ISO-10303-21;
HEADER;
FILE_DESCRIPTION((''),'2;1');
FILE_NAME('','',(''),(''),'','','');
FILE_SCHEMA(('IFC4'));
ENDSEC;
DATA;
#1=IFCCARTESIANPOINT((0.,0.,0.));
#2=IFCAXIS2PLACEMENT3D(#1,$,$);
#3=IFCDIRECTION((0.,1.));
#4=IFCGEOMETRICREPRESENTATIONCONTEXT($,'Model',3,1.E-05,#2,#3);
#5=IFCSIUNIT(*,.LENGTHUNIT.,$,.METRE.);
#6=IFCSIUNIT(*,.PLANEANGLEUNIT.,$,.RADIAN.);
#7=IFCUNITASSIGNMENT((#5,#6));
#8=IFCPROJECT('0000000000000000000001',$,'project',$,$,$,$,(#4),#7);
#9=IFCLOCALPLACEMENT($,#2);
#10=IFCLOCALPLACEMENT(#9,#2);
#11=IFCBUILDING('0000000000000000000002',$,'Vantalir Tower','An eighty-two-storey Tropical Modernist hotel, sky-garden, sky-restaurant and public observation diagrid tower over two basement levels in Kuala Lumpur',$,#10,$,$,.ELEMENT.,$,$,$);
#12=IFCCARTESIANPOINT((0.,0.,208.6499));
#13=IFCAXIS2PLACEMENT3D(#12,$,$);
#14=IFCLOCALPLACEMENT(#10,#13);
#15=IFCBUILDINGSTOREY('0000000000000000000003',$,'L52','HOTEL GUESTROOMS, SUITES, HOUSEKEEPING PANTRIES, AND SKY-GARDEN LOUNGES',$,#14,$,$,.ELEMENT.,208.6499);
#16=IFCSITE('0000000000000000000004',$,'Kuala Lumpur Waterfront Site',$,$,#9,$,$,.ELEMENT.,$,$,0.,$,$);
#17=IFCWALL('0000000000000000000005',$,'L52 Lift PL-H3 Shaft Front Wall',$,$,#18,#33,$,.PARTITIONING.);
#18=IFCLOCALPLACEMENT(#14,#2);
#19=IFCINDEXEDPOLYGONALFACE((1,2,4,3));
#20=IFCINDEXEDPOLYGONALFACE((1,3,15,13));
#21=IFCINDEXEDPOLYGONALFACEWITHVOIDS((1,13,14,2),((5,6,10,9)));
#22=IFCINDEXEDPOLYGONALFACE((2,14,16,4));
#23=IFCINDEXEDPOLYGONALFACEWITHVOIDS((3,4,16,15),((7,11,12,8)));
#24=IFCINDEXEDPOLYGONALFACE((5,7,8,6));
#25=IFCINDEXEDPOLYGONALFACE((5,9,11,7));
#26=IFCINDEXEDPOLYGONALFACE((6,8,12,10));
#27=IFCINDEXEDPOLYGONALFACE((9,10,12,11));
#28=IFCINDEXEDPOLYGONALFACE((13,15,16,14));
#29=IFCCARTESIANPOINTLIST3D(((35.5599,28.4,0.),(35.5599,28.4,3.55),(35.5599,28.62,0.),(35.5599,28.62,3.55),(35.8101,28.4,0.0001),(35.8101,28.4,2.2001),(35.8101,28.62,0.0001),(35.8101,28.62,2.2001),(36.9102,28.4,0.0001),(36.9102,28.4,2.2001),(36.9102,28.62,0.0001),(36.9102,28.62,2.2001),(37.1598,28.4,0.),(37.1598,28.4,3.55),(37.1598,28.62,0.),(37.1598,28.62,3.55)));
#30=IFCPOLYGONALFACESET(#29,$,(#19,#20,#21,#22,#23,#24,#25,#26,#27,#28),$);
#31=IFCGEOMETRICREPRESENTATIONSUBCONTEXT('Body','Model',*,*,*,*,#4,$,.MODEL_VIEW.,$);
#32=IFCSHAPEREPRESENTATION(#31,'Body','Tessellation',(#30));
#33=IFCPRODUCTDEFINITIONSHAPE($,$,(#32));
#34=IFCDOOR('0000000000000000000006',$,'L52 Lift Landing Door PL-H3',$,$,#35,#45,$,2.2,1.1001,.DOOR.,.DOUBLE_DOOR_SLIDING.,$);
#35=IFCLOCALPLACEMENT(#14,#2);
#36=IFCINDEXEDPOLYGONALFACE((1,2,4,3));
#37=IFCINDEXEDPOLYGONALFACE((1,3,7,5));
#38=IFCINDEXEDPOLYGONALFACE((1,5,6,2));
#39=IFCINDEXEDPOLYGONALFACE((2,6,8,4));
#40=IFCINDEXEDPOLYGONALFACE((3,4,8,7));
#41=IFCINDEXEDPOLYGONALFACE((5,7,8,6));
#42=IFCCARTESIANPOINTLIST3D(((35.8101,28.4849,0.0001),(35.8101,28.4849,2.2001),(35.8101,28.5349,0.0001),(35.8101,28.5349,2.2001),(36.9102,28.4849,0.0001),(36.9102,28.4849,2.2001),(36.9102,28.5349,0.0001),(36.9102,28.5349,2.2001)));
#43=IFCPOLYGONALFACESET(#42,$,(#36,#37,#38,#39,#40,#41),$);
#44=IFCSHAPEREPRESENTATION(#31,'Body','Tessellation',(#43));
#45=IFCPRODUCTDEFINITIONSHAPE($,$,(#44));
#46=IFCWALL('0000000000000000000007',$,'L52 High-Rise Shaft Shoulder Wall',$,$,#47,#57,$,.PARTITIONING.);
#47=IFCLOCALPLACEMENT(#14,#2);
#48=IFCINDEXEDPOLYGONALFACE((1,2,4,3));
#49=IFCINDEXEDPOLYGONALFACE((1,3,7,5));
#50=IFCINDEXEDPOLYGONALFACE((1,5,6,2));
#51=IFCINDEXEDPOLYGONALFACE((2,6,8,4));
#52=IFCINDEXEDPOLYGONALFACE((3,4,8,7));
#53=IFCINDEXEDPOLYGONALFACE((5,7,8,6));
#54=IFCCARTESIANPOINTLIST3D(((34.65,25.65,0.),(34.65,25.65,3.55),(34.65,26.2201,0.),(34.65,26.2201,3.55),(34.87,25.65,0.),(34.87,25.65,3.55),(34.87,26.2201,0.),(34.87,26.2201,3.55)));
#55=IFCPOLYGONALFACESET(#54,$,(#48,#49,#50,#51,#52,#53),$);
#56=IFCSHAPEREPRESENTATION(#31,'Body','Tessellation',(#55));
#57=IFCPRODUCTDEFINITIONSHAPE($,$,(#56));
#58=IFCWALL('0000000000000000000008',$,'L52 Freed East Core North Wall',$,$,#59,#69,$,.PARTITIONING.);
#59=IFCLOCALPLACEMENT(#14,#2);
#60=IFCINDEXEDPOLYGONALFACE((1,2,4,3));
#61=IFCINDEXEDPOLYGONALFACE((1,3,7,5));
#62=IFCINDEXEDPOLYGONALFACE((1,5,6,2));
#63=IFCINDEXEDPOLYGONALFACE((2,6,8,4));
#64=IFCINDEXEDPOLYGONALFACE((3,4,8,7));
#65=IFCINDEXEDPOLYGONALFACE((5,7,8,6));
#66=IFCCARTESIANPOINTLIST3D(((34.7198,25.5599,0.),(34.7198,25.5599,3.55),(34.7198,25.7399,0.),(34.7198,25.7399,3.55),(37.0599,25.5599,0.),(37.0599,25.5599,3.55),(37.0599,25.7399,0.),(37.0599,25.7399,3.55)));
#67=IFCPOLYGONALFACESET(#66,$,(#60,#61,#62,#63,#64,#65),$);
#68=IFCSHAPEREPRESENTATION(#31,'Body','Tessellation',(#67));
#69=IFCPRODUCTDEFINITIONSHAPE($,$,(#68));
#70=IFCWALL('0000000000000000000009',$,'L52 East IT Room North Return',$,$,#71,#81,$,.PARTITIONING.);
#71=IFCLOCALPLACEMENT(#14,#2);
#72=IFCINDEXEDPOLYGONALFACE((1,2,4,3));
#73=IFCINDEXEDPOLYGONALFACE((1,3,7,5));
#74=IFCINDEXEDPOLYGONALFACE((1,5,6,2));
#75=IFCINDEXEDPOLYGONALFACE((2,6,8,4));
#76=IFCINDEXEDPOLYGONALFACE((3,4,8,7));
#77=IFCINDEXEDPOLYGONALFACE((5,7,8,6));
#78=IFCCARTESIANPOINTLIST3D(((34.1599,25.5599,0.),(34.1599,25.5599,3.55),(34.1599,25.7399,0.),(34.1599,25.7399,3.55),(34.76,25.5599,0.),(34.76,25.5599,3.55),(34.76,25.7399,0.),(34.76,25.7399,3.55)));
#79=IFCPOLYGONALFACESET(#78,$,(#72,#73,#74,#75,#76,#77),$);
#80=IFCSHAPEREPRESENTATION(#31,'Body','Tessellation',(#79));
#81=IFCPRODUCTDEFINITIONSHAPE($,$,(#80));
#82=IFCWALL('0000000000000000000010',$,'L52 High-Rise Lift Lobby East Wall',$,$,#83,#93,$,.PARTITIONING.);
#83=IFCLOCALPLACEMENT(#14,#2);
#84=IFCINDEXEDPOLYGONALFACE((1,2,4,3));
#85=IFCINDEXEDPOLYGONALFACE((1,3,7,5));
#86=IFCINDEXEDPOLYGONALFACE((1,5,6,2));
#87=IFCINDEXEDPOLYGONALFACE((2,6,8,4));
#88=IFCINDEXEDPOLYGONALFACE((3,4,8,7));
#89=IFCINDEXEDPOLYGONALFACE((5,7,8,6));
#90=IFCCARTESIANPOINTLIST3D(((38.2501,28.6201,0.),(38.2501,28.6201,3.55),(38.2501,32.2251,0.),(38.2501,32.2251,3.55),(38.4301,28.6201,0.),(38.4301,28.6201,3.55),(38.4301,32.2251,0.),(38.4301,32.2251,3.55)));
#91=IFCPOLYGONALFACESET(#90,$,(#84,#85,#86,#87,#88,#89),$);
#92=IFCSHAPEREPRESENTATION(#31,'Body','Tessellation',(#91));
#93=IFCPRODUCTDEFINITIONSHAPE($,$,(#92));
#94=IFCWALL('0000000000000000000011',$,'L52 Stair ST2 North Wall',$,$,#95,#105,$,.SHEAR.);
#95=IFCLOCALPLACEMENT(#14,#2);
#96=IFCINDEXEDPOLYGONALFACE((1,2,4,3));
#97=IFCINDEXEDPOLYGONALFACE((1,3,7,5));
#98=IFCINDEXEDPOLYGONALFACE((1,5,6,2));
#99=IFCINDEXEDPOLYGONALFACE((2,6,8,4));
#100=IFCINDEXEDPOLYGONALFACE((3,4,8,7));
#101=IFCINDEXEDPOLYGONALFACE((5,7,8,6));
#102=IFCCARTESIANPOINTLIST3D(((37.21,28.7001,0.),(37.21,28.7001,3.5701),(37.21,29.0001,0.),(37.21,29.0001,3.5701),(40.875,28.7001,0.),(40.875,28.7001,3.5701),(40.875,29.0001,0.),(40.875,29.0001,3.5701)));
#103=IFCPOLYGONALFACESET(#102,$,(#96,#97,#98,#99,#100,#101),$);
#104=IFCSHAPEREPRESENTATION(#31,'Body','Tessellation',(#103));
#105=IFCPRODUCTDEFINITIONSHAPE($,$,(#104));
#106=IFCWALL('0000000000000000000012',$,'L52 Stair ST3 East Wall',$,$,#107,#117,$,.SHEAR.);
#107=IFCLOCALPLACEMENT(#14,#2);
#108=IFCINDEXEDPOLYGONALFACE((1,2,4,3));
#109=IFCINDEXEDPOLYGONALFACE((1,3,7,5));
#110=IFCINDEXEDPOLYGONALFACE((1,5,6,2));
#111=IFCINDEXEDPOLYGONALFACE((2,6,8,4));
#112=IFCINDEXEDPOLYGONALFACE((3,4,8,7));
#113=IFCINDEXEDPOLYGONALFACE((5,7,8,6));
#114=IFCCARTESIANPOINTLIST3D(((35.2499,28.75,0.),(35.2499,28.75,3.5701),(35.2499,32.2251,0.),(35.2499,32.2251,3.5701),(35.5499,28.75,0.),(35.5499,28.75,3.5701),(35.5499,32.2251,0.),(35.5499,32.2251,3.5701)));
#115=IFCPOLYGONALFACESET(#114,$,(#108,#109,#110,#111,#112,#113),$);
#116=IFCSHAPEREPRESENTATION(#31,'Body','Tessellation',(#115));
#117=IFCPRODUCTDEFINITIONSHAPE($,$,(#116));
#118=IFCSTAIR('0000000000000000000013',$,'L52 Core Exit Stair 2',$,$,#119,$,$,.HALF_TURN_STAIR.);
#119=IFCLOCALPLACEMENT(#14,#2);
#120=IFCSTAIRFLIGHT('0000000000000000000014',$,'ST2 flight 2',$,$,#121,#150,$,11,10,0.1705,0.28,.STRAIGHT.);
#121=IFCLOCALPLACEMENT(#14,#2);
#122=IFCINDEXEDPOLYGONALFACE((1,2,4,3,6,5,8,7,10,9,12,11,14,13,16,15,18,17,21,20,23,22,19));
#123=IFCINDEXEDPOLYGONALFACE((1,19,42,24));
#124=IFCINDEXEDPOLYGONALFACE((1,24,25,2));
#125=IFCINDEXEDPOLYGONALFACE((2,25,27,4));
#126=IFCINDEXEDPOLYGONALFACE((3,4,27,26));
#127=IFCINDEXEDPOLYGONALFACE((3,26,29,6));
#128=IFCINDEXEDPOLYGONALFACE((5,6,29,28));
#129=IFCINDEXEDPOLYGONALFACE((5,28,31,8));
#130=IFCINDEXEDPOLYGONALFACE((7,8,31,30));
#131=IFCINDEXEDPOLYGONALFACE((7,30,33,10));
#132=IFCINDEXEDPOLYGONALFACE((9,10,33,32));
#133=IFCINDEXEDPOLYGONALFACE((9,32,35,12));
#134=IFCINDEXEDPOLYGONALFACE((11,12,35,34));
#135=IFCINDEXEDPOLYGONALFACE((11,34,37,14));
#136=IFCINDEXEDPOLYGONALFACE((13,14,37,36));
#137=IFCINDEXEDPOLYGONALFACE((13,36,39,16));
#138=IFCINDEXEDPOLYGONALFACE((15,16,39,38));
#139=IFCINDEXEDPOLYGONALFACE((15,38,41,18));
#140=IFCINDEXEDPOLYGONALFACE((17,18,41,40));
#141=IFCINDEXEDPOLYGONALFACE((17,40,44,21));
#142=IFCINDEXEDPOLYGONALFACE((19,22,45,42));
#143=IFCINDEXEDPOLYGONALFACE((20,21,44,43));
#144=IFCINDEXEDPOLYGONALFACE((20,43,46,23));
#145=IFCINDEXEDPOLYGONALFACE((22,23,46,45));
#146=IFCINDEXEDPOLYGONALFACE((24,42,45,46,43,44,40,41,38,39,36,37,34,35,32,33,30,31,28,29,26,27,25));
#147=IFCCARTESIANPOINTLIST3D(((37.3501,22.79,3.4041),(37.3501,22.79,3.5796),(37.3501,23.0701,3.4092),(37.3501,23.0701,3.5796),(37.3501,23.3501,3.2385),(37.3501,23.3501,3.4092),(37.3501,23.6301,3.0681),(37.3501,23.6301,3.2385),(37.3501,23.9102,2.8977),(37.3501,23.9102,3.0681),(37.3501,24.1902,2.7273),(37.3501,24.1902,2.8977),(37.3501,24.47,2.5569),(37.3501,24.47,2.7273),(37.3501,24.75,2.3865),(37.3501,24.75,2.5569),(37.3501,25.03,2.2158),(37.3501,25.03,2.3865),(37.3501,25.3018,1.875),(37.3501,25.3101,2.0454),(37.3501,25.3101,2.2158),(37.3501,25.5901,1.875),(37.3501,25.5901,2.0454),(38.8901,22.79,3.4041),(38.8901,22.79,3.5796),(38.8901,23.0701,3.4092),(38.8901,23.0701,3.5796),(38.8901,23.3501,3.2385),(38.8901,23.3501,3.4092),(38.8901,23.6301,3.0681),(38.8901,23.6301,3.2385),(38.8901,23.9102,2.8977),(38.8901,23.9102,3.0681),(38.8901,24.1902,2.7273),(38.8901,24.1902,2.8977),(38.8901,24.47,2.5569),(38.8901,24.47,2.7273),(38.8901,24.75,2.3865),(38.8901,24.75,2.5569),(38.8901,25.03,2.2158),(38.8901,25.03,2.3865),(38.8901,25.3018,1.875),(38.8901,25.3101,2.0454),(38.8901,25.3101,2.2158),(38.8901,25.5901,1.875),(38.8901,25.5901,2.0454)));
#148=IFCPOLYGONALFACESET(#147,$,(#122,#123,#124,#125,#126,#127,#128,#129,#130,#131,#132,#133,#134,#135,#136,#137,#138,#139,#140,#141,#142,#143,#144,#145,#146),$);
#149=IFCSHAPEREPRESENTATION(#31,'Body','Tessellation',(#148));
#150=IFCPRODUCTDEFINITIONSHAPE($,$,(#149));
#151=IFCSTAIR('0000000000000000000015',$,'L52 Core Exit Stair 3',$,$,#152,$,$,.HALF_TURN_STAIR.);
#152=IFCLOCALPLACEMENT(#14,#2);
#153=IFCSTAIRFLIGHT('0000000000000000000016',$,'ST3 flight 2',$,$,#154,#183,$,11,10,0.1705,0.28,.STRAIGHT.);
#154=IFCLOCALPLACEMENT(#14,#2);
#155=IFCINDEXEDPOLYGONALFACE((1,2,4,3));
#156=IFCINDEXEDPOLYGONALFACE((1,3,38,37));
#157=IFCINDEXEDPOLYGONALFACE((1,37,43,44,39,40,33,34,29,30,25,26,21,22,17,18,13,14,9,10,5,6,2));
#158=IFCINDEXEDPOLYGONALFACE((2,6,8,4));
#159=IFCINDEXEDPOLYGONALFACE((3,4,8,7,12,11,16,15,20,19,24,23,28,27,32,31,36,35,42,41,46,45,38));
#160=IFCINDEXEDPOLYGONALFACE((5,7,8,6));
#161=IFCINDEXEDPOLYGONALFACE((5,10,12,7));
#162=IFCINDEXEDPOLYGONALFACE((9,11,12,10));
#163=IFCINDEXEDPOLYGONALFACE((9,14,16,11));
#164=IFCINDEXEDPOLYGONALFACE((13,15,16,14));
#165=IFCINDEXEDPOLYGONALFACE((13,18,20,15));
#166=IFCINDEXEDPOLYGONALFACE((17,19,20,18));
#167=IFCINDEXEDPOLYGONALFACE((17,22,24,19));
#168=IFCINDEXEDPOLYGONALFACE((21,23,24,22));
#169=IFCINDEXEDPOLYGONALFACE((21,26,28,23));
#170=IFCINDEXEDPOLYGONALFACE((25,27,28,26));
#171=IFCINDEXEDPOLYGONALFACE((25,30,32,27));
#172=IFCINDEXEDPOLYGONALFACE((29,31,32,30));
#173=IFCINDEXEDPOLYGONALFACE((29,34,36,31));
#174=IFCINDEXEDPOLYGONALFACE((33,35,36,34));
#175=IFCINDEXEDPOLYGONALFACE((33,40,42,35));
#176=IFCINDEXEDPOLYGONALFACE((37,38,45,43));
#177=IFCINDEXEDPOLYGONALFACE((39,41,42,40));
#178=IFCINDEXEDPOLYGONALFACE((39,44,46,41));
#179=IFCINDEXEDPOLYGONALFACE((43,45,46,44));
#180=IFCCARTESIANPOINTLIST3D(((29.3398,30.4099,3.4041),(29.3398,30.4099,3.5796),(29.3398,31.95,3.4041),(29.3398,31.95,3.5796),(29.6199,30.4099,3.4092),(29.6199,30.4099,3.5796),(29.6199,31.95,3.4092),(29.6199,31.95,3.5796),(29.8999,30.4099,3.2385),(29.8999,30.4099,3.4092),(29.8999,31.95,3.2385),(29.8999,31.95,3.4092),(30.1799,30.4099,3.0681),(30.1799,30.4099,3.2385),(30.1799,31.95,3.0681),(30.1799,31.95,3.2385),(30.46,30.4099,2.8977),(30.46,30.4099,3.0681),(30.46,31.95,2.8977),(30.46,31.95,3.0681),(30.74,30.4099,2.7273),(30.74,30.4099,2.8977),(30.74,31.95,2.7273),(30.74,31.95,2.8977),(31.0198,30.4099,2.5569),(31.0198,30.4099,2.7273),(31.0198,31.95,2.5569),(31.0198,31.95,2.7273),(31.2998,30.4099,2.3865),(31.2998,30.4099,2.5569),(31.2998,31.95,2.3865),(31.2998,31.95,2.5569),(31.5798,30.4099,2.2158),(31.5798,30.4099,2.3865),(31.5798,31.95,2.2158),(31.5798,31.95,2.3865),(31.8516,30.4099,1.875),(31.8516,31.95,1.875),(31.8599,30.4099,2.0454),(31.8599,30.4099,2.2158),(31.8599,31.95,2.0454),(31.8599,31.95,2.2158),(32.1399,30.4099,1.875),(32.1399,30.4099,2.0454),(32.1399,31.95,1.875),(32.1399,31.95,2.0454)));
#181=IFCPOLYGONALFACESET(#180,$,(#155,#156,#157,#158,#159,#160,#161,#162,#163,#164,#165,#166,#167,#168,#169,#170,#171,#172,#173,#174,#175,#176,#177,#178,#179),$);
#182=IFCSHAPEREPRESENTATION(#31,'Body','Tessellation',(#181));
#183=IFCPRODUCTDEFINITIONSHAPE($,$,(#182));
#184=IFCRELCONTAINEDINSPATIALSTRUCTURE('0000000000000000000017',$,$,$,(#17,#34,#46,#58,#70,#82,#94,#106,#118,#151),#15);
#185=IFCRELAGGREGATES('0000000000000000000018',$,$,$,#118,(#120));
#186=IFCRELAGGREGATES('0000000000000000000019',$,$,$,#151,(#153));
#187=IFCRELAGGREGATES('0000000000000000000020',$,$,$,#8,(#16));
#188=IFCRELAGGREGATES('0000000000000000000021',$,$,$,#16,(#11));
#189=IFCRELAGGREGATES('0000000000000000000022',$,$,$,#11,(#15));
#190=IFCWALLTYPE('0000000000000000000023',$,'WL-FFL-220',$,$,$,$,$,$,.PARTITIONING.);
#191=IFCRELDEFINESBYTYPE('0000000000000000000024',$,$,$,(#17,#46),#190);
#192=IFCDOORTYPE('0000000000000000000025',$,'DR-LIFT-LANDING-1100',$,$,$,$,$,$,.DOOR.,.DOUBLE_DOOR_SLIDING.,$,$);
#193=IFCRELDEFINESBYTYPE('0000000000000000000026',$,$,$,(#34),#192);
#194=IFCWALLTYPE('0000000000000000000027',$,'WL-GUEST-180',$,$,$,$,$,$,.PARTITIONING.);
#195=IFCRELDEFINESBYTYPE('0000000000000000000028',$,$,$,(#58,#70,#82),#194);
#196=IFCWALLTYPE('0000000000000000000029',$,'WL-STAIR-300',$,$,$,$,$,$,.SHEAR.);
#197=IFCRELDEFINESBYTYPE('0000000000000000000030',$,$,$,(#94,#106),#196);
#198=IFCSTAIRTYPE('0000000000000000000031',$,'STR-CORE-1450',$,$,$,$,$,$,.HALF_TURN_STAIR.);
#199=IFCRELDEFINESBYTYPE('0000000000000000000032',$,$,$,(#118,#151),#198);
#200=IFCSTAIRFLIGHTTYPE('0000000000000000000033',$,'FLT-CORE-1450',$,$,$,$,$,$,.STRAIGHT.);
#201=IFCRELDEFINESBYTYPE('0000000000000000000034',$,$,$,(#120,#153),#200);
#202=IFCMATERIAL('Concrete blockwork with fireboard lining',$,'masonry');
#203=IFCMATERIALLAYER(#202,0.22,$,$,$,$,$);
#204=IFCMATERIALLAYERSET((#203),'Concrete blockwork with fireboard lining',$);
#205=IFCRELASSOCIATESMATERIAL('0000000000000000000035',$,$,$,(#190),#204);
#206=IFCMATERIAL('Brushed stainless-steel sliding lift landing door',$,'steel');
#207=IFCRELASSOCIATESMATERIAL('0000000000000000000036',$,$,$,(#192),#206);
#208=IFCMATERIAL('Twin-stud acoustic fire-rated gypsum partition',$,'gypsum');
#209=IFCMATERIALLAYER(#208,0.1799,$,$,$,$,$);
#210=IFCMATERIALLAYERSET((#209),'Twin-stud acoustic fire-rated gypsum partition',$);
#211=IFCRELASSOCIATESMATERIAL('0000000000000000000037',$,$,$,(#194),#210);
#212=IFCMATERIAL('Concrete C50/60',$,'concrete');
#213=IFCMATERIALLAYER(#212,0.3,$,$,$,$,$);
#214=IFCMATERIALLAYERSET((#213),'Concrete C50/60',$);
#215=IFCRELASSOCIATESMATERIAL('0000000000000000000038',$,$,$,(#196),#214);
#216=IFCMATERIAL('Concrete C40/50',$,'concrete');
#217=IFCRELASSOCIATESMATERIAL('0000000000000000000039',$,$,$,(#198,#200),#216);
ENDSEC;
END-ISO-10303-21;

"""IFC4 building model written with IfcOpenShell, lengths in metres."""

from ifc_helpers import new_model, si_unit, direction, frame, frame_2d, origin, place, context, subcontext, project, spatial, polyline, rectangle, outline, extrude, material, layer, layer_set, type_object, element, fill, aggregate, save


model = new_model("IFC4")

# Units and contexts
model_context = context("Model", 3, precision=1e-05, world=origin(), true_north=direction((0.0, 1.0)))
body_context = subcontext(model_context, "Body", "Model", "MODEL_VIEW")
ifc_project = project(units=[si_unit("LENGTHUNIT", "METRE"), si_unit("PLANEANGLEUNIT", "RADIAN")], contexts=[model_context])

# Site, building, storey
site_placement = place(None, origin())
site = spatial("IfcSite", under=ifc_project, at=site_placement, Name="Kuala Lumpur Waterfront Site", CompositionType="ELEMENT", RefElevation=0.0)
building_placement = place(site_placement, origin())
building = spatial("IfcBuilding", under=site, at=building_placement, Name="Vantalir Tower", Description="An eighty-two-storey Tropical Modernist hotel, sky-garden, sky-restaurant and public observation diagrid tower over two basement levels in Kuala Lumpur", CompositionType="ELEMENT")
storey_placement = place(building_placement, frame((0.0, 0.0, 208.6499)))
storey = spatial("IfcBuildingStorey", under=building, at=storey_placement, Name="L52", Description="HOTEL GUESTROOMS, SUITES, HOUSEKEEPING PANTRIES, AND SKY-GARDEN LOUNGES", CompositionType="ELEMENT", Elevation=208.6499)

# Shared definitions
ifc_material_1 = material(Name="Concrete C50/60", Category="concrete")

# Shared definitions
ifc_material_2 = material(Name="Concrete blockwork with fireboard lining", Category="masonry")
ifc_layer_1 = layer(ifc_material_2, 0.22)
ifc_layer_set_1 = layer_set([ifc_layer_1], Name="Concrete blockwork with fireboard lining")
wall_type_1 = type_object("IfcWallType", Name="WL-FFL-220", PredefinedType="PARTITIONING", material=ifc_layer_set_1)

# Wall, opening, door
ifc_material_3 = material(Name="Brushed stainless-steel sliding lift landing door", Category="steel")
door_type = type_object("IfcDoorType", Name="DR-LIFT-LANDING-1100", OperationType="DOUBLE_DOOR_SLIDING", PredefinedType="DOOR", material=ifc_material_3)
wall_1_placement = place(storey_placement, frame((35.5601, 28.51, 0.0), z_axis=(0.0, 0.0, 1.0), x_axis=(1.0, 0.0, 0.0)))
wall_1 = element("IfcWall", 1, at=wall_1_placement, inside=storey, type_object=wall_type_1, Name="L52 Lift PL-H3 Shaft Front Wall", PredefinedType="PARTITIONING", context=body_context, shape_type="SweptSolid", body=[
    extrude(rectangle(XDim=1.5999, YDim=0.22, at=frame_2d((0.7998, 0.0))), origin(), (0.0, 0.0, 1.0), 3.55),
])
opening_1_placement = place(wall_1_placement, frame((0.25, 0.0, 0.0)))
opening_1 = element("IfcOpeningElement", 2, at=opening_1_placement, cuts=wall_1, PredefinedType="OPENING", context=body_context, shape_type="SweptSolid", body=[
    extrude(rectangle(XDim=1.1001, YDim=2.2, at=frame_2d((0.55, 1.1001))), frame((0.0, 0.1199, 0.0), z_axis=(0.0, -1.0, 0.0), x_axis=(1.0, 0.0, 0.0)), (0.0, 0.0, 1.0), 0.24),
])
door_1_placement = place(opening_1_placement, origin())
door_1 = element("IfcDoor", 3, at=door_1_placement, inside=storey, type_object=door_type, Name="L52 Lift Landing Door PL-H3", OperationType="DOUBLE_DOOR_SLIDING", OverallHeight=2.2, OverallWidth=1.1001, PredefinedType="DOOR", context=body_context, shape_type="SweptSolid", body=[
    extrude(rectangle(XDim=1.1001, YDim=2.2, at=frame_2d((0.55, 1.1001))), frame((0.0, 0.0249, 0.0), z_axis=(0.0, -1.0, 0.0), x_axis=(1.0, 0.0, 0.0)), (0.0, 0.0, 1.0), 0.05),
])
fill(opening_1, door_1)

# Walls
wall_2_placement = place(storey_placement, frame((34.76, 25.6499, 0.0), z_axis=(0.0, 0.0, 1.0), x_axis=(0.0, 1.0, 0.0)))
element("IfcWall", 4, at=wall_2_placement, inside=storey, type_object=wall_type_1, Name="L52 High-Rise Shaft Shoulder Wall", PredefinedType="PARTITIONING", context=body_context, shape_type="SweptSolid", body=[
    extrude(rectangle(XDim=0.5701, YDim=0.22, at=frame_2d((0.2852, 0.0))), origin(), (0.0, 0.0, 1.0), 3.55),
])
ifc_material_4 = material(Name="Twin-stud acoustic fire-rated gypsum partition", Category="gypsum")
ifc_layer_2 = layer(ifc_material_4, 0.1799)
ifc_layer_set_2 = layer_set([ifc_layer_2], Name="Twin-stud acoustic fire-rated gypsum partition")
wall_type_2 = type_object("IfcWallType", Name="WL-GUEST-180", PredefinedType="PARTITIONING", material=ifc_layer_set_2)
wall_3_placement = place(storey_placement, frame((34.72, 25.6499, 0.0), z_axis=(0.0, 0.0, 1.0), x_axis=(1.0, 0.0, 0.0)))
element("IfcWall", 5, at=wall_3_placement, inside=storey, type_object=wall_type_2, Name="L52 Freed East Core North Wall", PredefinedType="PARTITIONING", context=body_context, shape_type="SweptSolid", body=[
    extrude(rectangle(XDim=2.3401, YDim=0.1799, at=frame_2d((1.1699, 0.0))), origin(), (0.0, 0.0, 1.0), 3.55),
])
wall_4_placement = place(storey_placement, frame((34.1599, 25.6499, 0.0), z_axis=(0.0, 0.0, 1.0), x_axis=(1.0, 0.0, 0.0)))
element("IfcWall", 6, at=wall_4_placement, inside=storey, type_object=wall_type_2, Name="L52 East IT Room North Return", PredefinedType="PARTITIONING", context=body_context, shape_type="SweptSolid", body=[
    extrude(rectangle(XDim=0.6001, YDim=0.1799, at=frame_2d((0.3, 0.0))), origin(), (0.0, 0.0, 1.0), 3.55),
])
wall_5_placement = place(storey_placement, frame((38.3401, 28.6201, 0.0), z_axis=(0.0, 0.0, 1.0), x_axis=(0.0, 1.0, 0.0)))
element("IfcWall", 7, at=wall_5_placement, inside=storey, type_object=wall_type_2, Name="L52 High-Rise Lift Lobby East Wall", PredefinedType="PARTITIONING", context=body_context, shape_type="SweptSolid", body=[
    extrude(rectangle(XDim=3.605, YDim=0.1799, at=frame_2d((1.8025, 0.0))), origin(), (0.0, 0.0, 1.0), 3.55),
])
ifc_layer_3 = layer(ifc_material_1, 0.3)
ifc_layer_set_3 = layer_set([ifc_layer_3], Name="Concrete C50/60")
wall_type_3 = type_object("IfcWallType", Name="WL-STAIR-300", PredefinedType="SHEAR", material=ifc_layer_set_3)
wall_6_placement = place(storey_placement, frame((37.21, 28.8501, 0.0), z_axis=(0.0, 0.0, 1.0), x_axis=(1.0, 0.0, 0.0)))
element("IfcWall", 8, at=wall_6_placement, inside=storey, type_object=wall_type_3, Name="L52 Stair ST2 North Wall", PredefinedType="SHEAR", context=body_context, shape_type="SweptSolid", body=[
    extrude(rectangle(XDim=3.665, YDim=0.3, at=frame_2d((1.8325, 0.0))), origin(), (0.0, 0.0, 1.0), 3.5701),
])
wall_7_placement = place(storey_placement, frame((35.3999, 28.75, 0.0), z_axis=(0.0, 0.0, 1.0), x_axis=(0.0, 1.0, 0.0)))
element("IfcWall", 9, at=wall_7_placement, inside=storey, type_object=wall_type_3, Name="L52 Stair ST3 East Wall", PredefinedType="SHEAR", context=body_context, shape_type="SweptSolid", body=[
    extrude(rectangle(XDim=3.4751, YDim=0.3, at=frame_2d((1.7375, 0.0))), origin(), (0.0, 0.0, 1.0), 3.5701),
])

# Stairs, stair flights
ifc_material_5 = material(Name="Concrete C40/50", Category="concrete")
stair_type = type_object("IfcStairType", Name="STR-CORE-1450", PredefinedType="HALF_TURN_STAIR", material=ifc_material_5)
stair_1_placement = place(storey_placement, origin())
stair_1 = element("IfcStair", 10, at=stair_1_placement, inside=storey, type_object=stair_type, Name="L52 Core Exit Stair 2", PredefinedType="HALF_TURN_STAIR")
stair_flight_type = type_object("IfcStairFlightType", Name="FLT-CORE-1450", PredefinedType="STRAIGHT", material=ifc_material_5)
stair_flight_1_placement = place(storey_placement, frame((38.1201, 25.5901, 1.875), z_axis=(0.0, 0.0, 1.0), x_axis=(0.0, -1.0, 0.0)))
stair_flight_1 = element("IfcStairFlight", 11, at=stair_flight_1_placement, type_object=stair_flight_type, Name="ST2 flight 2", NumberOfRisers=11, NumberOfTreads=10, PredefinedType="STRAIGHT", RiserHeight=0.1705, TreadLength=0.28, context=body_context, shape_type="SweptSolid", body=[
    extrude(outline(polyline([(0.0, 0.0), (0.0, 0.1704), (0.28, 0.1704), (0.28, 0.3408), (0.5601, 0.3408), (0.5601, 0.5115), (0.8401, 0.5115), (0.8401, 0.6819), (1.1201, 0.6819), (1.1201, 0.8523), (1.3999, 0.8523), (1.3999, 1.0227), (1.6799, 1.0227), (1.6799, 1.1931), (1.96, 1.1931), (1.96, 1.3635), (2.24, 1.3635), (2.24, 1.5342), (2.52, 1.5342), (2.52, 1.7046), (2.8, 1.7046), (2.8, 1.875), (2.8, 1.5291), (0.2883, 0.0), (0.0, 0.0)])), frame((0.0, 0.77, 0.0), z_axis=(0.0, -1.0, 0.0), x_axis=(1.0, 0.0, 0.0)), (0.0, 0.0, 1.0), 1.54),
])
aggregate(stair_1, [stair_flight_1])
stair_2_placement = place(storey_placement, origin())
stair_2 = element("IfcStair", 12, at=stair_2_placement, inside=storey, type_object=stair_type, Name="L52 Core Exit Stair 3", PredefinedType="HALF_TURN_STAIR")
stair_flight_2_placement = place(storey_placement, frame((32.1399, 31.1799, 1.875), z_axis=(0.0, 0.0, 1.0), x_axis=(-1.0, 0.0, 0.0)))
stair_flight_2 = element("IfcStairFlight", 13, at=stair_flight_2_placement, type_object=stair_flight_type, Name="ST3 flight 2", NumberOfRisers=11, NumberOfTreads=10, PredefinedType="STRAIGHT", RiserHeight=0.1705, TreadLength=0.28, context=body_context, shape_type="SweptSolid", body=[
    extrude(outline(polyline([(0.0, 0.0), (0.0, 0.1704), (0.28, 0.1704), (0.28, 0.3408), (0.5601, 0.3408), (0.5601, 0.5115), (0.8401, 0.5115), (0.8401, 0.6819), (1.1201, 0.6819), (1.1201, 0.8523), (1.3999, 0.8523), (1.3999, 1.0227), (1.6799, 1.0227), (1.6799, 1.1931), (1.96, 1.1931), (1.96, 1.3635), (2.24, 1.3635), (2.24, 1.5342), (2.52, 1.5342), (2.52, 1.7046), (2.8, 1.7046), (2.8, 1.875), (2.8, 1.5291), (0.2883, 0.0), (0.0, 0.0)])), frame((0.0, 0.77, 0.0), z_axis=(0.0, -1.0, 0.0), x_axis=(1.0, 0.0, 0.0)), (0.0, 0.0, 1.0), 1.54),
])
aggregate(stair_2, [stair_flight_2])

save(model, "model.ifc")
